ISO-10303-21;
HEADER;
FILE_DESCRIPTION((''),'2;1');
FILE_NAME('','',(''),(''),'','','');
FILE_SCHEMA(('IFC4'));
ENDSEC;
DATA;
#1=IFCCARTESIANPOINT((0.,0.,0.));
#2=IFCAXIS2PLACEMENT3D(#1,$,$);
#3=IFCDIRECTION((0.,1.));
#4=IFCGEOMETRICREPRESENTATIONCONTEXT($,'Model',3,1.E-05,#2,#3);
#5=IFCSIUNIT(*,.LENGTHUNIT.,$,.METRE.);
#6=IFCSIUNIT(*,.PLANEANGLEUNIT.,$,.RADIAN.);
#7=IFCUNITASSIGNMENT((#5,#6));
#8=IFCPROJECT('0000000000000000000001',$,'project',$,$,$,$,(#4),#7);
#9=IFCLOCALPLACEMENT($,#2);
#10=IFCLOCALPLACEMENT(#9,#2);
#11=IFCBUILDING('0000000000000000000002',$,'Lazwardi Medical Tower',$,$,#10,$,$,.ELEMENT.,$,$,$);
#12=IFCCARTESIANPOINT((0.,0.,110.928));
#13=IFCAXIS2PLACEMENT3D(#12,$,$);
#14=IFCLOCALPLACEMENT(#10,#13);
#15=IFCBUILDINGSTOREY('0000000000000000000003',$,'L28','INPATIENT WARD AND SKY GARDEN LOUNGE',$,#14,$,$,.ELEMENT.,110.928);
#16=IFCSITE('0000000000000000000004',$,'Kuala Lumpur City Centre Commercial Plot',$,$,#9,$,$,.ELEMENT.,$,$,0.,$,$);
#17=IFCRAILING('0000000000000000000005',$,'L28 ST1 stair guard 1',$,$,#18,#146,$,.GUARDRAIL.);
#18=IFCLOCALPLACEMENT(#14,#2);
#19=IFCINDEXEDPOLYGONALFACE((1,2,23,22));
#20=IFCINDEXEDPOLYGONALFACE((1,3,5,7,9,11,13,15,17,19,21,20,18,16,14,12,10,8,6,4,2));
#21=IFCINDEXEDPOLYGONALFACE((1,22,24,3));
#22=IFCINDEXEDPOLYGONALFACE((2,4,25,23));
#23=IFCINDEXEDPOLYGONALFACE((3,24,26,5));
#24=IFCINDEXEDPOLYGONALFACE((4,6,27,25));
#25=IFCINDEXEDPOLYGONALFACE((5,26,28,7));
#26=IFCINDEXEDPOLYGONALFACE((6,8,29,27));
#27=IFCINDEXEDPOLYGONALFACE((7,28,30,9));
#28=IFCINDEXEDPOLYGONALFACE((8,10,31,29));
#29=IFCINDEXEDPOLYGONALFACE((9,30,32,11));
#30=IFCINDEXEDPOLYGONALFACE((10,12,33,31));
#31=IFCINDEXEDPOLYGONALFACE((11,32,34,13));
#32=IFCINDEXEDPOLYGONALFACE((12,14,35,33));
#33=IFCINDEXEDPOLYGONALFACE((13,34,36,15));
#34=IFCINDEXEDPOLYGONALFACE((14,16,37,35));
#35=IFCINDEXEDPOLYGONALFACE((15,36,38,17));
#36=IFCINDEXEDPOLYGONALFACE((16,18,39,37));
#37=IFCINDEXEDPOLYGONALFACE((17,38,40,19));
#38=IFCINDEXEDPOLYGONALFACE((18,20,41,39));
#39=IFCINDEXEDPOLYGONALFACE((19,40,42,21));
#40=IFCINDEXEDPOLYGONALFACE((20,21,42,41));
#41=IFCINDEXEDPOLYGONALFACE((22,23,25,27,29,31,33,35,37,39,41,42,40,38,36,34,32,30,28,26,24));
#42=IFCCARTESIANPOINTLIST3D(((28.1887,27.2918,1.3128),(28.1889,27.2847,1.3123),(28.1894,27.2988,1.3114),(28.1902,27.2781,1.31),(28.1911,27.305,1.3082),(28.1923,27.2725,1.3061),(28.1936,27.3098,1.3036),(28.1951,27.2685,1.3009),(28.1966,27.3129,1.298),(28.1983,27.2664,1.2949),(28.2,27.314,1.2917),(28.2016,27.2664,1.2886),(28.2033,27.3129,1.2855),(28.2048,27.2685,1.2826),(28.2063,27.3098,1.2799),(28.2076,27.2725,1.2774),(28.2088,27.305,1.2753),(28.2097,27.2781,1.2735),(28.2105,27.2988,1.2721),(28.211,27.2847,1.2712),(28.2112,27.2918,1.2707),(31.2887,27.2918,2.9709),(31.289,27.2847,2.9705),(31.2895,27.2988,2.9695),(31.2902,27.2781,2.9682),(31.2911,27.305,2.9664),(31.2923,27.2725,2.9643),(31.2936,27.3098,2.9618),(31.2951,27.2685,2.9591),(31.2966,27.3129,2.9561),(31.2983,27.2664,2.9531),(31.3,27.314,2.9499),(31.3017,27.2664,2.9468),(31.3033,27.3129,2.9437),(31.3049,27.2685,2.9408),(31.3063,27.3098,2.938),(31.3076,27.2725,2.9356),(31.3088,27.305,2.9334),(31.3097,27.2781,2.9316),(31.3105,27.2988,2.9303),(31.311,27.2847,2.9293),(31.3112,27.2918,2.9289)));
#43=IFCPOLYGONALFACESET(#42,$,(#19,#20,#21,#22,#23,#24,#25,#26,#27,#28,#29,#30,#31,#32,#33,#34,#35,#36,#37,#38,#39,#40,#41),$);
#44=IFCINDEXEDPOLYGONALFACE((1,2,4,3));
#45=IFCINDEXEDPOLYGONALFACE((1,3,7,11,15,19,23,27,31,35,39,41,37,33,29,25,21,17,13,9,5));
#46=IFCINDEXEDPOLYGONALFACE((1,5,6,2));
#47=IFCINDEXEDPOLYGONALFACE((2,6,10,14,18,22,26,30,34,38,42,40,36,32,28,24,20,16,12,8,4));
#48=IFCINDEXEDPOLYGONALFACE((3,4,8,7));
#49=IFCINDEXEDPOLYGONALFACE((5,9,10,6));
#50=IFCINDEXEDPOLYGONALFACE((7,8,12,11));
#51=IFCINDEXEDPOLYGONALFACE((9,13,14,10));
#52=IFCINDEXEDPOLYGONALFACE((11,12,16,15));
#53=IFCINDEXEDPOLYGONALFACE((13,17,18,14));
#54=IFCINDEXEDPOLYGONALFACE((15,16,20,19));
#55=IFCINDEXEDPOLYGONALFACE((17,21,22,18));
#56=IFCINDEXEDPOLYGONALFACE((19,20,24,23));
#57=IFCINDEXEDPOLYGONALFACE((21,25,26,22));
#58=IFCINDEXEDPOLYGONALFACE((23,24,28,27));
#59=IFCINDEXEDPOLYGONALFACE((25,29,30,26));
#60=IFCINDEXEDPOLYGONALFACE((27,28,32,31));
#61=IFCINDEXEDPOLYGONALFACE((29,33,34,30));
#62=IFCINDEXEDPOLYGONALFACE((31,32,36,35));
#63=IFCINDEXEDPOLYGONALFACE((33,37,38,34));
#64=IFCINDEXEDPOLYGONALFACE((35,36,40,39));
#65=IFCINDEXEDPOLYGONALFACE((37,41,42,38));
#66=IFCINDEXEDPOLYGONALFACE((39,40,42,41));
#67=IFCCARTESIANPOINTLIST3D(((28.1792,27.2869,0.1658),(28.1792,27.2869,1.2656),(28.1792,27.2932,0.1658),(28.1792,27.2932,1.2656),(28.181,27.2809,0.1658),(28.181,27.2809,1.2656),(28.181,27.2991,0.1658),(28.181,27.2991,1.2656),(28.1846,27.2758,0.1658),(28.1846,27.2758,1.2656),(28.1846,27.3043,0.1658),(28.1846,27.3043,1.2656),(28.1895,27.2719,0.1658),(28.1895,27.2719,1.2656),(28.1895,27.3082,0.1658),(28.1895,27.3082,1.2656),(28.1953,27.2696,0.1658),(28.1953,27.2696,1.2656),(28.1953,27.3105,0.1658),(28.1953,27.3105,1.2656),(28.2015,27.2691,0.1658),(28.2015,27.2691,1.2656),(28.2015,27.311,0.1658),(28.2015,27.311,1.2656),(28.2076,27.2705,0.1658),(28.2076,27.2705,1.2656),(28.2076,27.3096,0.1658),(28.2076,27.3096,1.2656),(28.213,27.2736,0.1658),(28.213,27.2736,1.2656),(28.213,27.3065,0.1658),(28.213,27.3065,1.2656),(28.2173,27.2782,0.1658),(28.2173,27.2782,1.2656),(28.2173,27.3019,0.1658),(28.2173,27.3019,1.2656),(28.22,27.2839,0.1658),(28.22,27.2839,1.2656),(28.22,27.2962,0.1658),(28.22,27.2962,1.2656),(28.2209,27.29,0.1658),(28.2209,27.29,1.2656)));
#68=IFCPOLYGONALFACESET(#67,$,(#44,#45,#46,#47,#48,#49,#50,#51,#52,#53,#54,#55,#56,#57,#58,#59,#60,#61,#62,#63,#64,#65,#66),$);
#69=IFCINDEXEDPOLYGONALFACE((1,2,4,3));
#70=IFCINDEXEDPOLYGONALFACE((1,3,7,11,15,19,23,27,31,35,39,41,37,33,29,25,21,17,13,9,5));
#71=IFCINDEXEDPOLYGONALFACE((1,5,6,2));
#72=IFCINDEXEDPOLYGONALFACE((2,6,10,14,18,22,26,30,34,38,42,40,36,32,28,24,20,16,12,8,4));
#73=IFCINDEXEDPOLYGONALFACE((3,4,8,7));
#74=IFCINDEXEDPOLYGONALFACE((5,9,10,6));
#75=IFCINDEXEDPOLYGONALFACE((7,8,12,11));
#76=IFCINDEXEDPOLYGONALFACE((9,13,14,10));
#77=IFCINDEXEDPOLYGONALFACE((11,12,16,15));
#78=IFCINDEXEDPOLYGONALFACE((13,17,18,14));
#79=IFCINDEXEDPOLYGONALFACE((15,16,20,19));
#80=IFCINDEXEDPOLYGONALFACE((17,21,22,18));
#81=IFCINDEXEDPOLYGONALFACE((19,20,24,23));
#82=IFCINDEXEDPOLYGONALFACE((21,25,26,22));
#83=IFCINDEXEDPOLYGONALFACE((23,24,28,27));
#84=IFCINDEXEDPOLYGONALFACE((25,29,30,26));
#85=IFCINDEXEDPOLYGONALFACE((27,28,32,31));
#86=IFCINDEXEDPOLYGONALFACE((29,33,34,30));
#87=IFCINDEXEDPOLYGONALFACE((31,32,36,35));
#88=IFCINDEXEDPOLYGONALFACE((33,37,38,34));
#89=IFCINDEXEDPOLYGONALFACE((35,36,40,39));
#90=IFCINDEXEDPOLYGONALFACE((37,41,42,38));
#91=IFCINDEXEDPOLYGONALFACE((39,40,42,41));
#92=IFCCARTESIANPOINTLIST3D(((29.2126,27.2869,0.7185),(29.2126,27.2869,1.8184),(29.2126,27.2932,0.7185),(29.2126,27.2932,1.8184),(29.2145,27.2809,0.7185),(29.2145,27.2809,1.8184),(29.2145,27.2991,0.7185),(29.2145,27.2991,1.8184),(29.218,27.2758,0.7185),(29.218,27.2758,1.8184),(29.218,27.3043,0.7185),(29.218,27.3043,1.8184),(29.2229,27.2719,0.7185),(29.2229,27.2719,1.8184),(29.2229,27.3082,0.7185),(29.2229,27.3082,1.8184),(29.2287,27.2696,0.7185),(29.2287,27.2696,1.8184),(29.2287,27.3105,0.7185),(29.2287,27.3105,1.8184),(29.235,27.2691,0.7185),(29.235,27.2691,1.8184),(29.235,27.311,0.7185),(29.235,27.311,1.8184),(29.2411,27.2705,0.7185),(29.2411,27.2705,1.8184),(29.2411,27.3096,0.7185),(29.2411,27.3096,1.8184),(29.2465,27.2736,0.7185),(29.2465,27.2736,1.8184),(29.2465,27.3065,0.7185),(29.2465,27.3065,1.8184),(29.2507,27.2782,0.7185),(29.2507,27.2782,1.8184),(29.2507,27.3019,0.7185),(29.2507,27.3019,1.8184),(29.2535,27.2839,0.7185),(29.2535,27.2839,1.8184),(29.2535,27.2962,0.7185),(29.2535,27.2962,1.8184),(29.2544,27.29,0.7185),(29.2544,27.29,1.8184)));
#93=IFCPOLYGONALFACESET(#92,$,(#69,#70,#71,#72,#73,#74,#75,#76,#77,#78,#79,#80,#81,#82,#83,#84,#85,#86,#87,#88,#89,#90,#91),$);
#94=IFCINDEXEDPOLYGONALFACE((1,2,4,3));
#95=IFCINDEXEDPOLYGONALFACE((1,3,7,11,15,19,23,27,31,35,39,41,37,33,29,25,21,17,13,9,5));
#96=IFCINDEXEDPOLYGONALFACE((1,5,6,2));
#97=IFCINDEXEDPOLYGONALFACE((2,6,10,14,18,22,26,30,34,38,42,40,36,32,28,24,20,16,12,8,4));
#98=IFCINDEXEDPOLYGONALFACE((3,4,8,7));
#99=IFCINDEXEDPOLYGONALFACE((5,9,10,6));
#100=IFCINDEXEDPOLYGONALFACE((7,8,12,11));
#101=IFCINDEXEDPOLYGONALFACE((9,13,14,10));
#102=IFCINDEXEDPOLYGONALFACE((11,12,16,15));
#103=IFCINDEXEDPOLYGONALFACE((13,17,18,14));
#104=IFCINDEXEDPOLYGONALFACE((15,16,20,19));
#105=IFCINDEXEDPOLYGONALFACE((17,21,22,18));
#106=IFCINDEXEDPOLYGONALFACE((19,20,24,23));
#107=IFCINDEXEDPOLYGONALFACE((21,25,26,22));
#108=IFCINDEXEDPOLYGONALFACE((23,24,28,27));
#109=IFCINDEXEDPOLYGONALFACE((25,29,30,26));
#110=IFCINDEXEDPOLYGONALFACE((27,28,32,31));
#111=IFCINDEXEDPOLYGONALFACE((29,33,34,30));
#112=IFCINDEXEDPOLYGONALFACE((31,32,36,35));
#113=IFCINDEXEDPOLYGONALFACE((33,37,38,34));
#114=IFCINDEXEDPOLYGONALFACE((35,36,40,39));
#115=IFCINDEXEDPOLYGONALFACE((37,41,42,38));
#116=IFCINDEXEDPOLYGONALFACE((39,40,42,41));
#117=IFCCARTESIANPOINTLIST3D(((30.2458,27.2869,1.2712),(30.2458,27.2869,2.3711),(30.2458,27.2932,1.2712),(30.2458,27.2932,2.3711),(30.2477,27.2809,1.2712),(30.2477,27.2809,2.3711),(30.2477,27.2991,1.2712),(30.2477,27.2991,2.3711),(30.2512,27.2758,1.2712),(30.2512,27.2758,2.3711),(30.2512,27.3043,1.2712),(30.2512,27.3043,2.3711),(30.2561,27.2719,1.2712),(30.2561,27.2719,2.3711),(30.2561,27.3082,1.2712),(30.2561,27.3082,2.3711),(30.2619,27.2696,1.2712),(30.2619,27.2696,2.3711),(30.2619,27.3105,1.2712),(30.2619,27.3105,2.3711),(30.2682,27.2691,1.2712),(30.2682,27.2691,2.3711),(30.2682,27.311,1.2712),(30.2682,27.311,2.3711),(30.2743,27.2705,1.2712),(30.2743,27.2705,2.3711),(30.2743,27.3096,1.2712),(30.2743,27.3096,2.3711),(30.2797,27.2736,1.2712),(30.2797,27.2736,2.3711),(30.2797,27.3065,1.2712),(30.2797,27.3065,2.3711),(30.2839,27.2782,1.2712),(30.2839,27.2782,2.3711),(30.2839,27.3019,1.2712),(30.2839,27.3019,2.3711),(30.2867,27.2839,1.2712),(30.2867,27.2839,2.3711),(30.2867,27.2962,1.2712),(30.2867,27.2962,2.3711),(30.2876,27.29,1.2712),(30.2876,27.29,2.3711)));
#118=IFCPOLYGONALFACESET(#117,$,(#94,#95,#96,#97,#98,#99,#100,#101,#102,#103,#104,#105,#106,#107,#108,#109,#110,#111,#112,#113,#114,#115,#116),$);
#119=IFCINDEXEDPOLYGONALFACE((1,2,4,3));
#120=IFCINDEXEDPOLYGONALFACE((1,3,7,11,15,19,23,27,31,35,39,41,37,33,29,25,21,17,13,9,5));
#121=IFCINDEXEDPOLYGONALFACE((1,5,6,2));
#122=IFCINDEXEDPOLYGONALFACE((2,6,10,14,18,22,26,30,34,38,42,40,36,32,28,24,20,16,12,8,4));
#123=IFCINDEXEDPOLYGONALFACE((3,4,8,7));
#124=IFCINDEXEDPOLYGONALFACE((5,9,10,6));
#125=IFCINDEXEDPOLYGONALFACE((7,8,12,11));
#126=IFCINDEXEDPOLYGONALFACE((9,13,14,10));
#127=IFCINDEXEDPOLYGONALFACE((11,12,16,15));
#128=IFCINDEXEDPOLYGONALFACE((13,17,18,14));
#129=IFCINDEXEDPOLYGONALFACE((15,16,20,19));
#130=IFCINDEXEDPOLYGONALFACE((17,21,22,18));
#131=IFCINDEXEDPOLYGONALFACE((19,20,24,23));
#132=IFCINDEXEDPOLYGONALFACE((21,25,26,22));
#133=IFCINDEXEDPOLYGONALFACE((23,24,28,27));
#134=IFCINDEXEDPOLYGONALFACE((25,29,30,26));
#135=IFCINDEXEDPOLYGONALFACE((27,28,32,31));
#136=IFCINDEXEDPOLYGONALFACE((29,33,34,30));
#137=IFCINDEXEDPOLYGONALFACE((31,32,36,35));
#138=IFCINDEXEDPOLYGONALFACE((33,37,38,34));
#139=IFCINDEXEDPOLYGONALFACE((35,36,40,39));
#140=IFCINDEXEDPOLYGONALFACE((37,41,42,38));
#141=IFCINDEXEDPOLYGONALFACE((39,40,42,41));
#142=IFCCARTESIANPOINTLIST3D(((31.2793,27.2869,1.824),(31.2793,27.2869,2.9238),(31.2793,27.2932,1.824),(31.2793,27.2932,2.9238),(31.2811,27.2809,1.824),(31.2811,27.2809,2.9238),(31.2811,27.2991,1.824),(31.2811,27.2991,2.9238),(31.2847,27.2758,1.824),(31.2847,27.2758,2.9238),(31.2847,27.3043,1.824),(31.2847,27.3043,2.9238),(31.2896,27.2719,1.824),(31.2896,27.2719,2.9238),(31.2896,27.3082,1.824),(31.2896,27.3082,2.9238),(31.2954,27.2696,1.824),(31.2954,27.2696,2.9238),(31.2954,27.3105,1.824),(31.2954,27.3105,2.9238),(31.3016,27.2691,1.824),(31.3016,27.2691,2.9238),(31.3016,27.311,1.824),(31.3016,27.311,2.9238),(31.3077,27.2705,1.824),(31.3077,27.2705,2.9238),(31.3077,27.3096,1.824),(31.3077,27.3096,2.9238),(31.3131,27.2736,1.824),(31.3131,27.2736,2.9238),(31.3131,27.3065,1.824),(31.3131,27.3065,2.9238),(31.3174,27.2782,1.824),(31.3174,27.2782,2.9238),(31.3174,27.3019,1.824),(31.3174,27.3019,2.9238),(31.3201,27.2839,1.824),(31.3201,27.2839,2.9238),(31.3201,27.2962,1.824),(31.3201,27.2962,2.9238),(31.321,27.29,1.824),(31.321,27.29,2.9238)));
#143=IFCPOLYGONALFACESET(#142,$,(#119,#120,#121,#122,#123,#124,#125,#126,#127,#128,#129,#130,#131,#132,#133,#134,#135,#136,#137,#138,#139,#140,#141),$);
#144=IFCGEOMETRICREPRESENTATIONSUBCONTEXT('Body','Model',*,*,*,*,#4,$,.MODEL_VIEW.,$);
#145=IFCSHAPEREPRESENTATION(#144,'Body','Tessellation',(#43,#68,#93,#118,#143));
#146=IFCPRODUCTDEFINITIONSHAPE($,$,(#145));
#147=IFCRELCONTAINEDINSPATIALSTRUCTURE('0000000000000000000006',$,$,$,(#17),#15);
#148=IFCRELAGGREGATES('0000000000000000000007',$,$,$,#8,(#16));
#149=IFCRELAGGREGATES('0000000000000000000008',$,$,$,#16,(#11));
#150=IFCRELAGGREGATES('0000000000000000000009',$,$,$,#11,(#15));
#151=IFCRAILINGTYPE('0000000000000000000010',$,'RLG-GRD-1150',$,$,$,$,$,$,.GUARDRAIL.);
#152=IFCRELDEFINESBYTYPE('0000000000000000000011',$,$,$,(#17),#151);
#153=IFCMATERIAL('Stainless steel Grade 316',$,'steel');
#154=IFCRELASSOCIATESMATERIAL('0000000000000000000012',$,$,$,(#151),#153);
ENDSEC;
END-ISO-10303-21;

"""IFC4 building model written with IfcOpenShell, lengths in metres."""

from ifc_helpers import new_model, si_unit, direction, frame, origin, origin_2d, place, context, subcontext, project, spatial, circle, extrude, material, type_object, element, save


model = new_model("IFC4")

# Units and contexts
model_context = context("Model", 3, precision=1e-05, world=origin(), true_north=direction((0.0, 1.0)))
body_context = subcontext(model_context, "Body", "Model", "MODEL_VIEW")
ifc_project = project(units=[si_unit("LENGTHUNIT", "METRE"), si_unit("PLANEANGLEUNIT", "RADIAN")], contexts=[model_context])

# Site, building, storey
site_placement = place(None, origin())
site = spatial("IfcSite", under=ifc_project, at=site_placement, Name="Kuala Lumpur City Centre Commercial Plot", CompositionType="ELEMENT", RefElevation=0.0)
building_placement = place(site_placement, origin())
building = spatial("IfcBuilding", under=site, at=building_placement, Name="Lazwardi Medical Tower", CompositionType="ELEMENT")
storey_placement = place(building_placement, frame((0.0, 0.0, 110.928)))
storey = spatial("IfcBuildingStorey", under=building, at=storey_placement, Name="L28", Description="INPATIENT WARD AND SKY GARDEN LOUNGE", CompositionType="ELEMENT", Elevation=110.928)

# Railing
ifc_material_1 = material(Name="Stainless steel Grade 316", Category="steel")
railing_type_1 = type_object("IfcRailingType", Name="RLG-GRD-1150", PredefinedType="GUARDRAIL", material=ifc_material_1)
railing_1_placement = place(storey_placement, frame((28.2, 27.29, 0.1658)))
element("IfcRailing", 1, at=railing_1_placement, inside=storey, type_object=railing_type_1, Name="L28 ST1 stair guard 1", PredefinedType="GUARDRAIL", context=body_context, shape_type="SweptSolid", body=[
    extrude(circle(Radius=0.0239, at=origin_2d()), frame((0.0, 0.0, 1.126), z_axis=(0.881783, 0.0, 0.471655), x_axis=(0.0, 1.0, 0.0)), (0.0, 0.0, 1.0), 3.5156),
    extrude(circle(Radius=0.021, at=origin_2d()), origin(), (0.0, 0.0, 1.0), 1.0999),
    extrude(circle(Radius=0.021, at=origin_2d()), frame((1.0334, 0.0, 0.5527)), (0.0, 0.0, 1.0), 1.0999),
    extrude(circle(Radius=0.021, at=origin_2d()), frame((2.0667, 0.0, 1.1055)), (0.0, 0.0, 1.0), 1.0999),
    extrude(circle(Radius=0.021, at=origin_2d()), frame((3.1001, 0.0, 1.6582)), (0.0, 0.0, 1.0), 1.0999),
])

save(model, "model.ifc")
